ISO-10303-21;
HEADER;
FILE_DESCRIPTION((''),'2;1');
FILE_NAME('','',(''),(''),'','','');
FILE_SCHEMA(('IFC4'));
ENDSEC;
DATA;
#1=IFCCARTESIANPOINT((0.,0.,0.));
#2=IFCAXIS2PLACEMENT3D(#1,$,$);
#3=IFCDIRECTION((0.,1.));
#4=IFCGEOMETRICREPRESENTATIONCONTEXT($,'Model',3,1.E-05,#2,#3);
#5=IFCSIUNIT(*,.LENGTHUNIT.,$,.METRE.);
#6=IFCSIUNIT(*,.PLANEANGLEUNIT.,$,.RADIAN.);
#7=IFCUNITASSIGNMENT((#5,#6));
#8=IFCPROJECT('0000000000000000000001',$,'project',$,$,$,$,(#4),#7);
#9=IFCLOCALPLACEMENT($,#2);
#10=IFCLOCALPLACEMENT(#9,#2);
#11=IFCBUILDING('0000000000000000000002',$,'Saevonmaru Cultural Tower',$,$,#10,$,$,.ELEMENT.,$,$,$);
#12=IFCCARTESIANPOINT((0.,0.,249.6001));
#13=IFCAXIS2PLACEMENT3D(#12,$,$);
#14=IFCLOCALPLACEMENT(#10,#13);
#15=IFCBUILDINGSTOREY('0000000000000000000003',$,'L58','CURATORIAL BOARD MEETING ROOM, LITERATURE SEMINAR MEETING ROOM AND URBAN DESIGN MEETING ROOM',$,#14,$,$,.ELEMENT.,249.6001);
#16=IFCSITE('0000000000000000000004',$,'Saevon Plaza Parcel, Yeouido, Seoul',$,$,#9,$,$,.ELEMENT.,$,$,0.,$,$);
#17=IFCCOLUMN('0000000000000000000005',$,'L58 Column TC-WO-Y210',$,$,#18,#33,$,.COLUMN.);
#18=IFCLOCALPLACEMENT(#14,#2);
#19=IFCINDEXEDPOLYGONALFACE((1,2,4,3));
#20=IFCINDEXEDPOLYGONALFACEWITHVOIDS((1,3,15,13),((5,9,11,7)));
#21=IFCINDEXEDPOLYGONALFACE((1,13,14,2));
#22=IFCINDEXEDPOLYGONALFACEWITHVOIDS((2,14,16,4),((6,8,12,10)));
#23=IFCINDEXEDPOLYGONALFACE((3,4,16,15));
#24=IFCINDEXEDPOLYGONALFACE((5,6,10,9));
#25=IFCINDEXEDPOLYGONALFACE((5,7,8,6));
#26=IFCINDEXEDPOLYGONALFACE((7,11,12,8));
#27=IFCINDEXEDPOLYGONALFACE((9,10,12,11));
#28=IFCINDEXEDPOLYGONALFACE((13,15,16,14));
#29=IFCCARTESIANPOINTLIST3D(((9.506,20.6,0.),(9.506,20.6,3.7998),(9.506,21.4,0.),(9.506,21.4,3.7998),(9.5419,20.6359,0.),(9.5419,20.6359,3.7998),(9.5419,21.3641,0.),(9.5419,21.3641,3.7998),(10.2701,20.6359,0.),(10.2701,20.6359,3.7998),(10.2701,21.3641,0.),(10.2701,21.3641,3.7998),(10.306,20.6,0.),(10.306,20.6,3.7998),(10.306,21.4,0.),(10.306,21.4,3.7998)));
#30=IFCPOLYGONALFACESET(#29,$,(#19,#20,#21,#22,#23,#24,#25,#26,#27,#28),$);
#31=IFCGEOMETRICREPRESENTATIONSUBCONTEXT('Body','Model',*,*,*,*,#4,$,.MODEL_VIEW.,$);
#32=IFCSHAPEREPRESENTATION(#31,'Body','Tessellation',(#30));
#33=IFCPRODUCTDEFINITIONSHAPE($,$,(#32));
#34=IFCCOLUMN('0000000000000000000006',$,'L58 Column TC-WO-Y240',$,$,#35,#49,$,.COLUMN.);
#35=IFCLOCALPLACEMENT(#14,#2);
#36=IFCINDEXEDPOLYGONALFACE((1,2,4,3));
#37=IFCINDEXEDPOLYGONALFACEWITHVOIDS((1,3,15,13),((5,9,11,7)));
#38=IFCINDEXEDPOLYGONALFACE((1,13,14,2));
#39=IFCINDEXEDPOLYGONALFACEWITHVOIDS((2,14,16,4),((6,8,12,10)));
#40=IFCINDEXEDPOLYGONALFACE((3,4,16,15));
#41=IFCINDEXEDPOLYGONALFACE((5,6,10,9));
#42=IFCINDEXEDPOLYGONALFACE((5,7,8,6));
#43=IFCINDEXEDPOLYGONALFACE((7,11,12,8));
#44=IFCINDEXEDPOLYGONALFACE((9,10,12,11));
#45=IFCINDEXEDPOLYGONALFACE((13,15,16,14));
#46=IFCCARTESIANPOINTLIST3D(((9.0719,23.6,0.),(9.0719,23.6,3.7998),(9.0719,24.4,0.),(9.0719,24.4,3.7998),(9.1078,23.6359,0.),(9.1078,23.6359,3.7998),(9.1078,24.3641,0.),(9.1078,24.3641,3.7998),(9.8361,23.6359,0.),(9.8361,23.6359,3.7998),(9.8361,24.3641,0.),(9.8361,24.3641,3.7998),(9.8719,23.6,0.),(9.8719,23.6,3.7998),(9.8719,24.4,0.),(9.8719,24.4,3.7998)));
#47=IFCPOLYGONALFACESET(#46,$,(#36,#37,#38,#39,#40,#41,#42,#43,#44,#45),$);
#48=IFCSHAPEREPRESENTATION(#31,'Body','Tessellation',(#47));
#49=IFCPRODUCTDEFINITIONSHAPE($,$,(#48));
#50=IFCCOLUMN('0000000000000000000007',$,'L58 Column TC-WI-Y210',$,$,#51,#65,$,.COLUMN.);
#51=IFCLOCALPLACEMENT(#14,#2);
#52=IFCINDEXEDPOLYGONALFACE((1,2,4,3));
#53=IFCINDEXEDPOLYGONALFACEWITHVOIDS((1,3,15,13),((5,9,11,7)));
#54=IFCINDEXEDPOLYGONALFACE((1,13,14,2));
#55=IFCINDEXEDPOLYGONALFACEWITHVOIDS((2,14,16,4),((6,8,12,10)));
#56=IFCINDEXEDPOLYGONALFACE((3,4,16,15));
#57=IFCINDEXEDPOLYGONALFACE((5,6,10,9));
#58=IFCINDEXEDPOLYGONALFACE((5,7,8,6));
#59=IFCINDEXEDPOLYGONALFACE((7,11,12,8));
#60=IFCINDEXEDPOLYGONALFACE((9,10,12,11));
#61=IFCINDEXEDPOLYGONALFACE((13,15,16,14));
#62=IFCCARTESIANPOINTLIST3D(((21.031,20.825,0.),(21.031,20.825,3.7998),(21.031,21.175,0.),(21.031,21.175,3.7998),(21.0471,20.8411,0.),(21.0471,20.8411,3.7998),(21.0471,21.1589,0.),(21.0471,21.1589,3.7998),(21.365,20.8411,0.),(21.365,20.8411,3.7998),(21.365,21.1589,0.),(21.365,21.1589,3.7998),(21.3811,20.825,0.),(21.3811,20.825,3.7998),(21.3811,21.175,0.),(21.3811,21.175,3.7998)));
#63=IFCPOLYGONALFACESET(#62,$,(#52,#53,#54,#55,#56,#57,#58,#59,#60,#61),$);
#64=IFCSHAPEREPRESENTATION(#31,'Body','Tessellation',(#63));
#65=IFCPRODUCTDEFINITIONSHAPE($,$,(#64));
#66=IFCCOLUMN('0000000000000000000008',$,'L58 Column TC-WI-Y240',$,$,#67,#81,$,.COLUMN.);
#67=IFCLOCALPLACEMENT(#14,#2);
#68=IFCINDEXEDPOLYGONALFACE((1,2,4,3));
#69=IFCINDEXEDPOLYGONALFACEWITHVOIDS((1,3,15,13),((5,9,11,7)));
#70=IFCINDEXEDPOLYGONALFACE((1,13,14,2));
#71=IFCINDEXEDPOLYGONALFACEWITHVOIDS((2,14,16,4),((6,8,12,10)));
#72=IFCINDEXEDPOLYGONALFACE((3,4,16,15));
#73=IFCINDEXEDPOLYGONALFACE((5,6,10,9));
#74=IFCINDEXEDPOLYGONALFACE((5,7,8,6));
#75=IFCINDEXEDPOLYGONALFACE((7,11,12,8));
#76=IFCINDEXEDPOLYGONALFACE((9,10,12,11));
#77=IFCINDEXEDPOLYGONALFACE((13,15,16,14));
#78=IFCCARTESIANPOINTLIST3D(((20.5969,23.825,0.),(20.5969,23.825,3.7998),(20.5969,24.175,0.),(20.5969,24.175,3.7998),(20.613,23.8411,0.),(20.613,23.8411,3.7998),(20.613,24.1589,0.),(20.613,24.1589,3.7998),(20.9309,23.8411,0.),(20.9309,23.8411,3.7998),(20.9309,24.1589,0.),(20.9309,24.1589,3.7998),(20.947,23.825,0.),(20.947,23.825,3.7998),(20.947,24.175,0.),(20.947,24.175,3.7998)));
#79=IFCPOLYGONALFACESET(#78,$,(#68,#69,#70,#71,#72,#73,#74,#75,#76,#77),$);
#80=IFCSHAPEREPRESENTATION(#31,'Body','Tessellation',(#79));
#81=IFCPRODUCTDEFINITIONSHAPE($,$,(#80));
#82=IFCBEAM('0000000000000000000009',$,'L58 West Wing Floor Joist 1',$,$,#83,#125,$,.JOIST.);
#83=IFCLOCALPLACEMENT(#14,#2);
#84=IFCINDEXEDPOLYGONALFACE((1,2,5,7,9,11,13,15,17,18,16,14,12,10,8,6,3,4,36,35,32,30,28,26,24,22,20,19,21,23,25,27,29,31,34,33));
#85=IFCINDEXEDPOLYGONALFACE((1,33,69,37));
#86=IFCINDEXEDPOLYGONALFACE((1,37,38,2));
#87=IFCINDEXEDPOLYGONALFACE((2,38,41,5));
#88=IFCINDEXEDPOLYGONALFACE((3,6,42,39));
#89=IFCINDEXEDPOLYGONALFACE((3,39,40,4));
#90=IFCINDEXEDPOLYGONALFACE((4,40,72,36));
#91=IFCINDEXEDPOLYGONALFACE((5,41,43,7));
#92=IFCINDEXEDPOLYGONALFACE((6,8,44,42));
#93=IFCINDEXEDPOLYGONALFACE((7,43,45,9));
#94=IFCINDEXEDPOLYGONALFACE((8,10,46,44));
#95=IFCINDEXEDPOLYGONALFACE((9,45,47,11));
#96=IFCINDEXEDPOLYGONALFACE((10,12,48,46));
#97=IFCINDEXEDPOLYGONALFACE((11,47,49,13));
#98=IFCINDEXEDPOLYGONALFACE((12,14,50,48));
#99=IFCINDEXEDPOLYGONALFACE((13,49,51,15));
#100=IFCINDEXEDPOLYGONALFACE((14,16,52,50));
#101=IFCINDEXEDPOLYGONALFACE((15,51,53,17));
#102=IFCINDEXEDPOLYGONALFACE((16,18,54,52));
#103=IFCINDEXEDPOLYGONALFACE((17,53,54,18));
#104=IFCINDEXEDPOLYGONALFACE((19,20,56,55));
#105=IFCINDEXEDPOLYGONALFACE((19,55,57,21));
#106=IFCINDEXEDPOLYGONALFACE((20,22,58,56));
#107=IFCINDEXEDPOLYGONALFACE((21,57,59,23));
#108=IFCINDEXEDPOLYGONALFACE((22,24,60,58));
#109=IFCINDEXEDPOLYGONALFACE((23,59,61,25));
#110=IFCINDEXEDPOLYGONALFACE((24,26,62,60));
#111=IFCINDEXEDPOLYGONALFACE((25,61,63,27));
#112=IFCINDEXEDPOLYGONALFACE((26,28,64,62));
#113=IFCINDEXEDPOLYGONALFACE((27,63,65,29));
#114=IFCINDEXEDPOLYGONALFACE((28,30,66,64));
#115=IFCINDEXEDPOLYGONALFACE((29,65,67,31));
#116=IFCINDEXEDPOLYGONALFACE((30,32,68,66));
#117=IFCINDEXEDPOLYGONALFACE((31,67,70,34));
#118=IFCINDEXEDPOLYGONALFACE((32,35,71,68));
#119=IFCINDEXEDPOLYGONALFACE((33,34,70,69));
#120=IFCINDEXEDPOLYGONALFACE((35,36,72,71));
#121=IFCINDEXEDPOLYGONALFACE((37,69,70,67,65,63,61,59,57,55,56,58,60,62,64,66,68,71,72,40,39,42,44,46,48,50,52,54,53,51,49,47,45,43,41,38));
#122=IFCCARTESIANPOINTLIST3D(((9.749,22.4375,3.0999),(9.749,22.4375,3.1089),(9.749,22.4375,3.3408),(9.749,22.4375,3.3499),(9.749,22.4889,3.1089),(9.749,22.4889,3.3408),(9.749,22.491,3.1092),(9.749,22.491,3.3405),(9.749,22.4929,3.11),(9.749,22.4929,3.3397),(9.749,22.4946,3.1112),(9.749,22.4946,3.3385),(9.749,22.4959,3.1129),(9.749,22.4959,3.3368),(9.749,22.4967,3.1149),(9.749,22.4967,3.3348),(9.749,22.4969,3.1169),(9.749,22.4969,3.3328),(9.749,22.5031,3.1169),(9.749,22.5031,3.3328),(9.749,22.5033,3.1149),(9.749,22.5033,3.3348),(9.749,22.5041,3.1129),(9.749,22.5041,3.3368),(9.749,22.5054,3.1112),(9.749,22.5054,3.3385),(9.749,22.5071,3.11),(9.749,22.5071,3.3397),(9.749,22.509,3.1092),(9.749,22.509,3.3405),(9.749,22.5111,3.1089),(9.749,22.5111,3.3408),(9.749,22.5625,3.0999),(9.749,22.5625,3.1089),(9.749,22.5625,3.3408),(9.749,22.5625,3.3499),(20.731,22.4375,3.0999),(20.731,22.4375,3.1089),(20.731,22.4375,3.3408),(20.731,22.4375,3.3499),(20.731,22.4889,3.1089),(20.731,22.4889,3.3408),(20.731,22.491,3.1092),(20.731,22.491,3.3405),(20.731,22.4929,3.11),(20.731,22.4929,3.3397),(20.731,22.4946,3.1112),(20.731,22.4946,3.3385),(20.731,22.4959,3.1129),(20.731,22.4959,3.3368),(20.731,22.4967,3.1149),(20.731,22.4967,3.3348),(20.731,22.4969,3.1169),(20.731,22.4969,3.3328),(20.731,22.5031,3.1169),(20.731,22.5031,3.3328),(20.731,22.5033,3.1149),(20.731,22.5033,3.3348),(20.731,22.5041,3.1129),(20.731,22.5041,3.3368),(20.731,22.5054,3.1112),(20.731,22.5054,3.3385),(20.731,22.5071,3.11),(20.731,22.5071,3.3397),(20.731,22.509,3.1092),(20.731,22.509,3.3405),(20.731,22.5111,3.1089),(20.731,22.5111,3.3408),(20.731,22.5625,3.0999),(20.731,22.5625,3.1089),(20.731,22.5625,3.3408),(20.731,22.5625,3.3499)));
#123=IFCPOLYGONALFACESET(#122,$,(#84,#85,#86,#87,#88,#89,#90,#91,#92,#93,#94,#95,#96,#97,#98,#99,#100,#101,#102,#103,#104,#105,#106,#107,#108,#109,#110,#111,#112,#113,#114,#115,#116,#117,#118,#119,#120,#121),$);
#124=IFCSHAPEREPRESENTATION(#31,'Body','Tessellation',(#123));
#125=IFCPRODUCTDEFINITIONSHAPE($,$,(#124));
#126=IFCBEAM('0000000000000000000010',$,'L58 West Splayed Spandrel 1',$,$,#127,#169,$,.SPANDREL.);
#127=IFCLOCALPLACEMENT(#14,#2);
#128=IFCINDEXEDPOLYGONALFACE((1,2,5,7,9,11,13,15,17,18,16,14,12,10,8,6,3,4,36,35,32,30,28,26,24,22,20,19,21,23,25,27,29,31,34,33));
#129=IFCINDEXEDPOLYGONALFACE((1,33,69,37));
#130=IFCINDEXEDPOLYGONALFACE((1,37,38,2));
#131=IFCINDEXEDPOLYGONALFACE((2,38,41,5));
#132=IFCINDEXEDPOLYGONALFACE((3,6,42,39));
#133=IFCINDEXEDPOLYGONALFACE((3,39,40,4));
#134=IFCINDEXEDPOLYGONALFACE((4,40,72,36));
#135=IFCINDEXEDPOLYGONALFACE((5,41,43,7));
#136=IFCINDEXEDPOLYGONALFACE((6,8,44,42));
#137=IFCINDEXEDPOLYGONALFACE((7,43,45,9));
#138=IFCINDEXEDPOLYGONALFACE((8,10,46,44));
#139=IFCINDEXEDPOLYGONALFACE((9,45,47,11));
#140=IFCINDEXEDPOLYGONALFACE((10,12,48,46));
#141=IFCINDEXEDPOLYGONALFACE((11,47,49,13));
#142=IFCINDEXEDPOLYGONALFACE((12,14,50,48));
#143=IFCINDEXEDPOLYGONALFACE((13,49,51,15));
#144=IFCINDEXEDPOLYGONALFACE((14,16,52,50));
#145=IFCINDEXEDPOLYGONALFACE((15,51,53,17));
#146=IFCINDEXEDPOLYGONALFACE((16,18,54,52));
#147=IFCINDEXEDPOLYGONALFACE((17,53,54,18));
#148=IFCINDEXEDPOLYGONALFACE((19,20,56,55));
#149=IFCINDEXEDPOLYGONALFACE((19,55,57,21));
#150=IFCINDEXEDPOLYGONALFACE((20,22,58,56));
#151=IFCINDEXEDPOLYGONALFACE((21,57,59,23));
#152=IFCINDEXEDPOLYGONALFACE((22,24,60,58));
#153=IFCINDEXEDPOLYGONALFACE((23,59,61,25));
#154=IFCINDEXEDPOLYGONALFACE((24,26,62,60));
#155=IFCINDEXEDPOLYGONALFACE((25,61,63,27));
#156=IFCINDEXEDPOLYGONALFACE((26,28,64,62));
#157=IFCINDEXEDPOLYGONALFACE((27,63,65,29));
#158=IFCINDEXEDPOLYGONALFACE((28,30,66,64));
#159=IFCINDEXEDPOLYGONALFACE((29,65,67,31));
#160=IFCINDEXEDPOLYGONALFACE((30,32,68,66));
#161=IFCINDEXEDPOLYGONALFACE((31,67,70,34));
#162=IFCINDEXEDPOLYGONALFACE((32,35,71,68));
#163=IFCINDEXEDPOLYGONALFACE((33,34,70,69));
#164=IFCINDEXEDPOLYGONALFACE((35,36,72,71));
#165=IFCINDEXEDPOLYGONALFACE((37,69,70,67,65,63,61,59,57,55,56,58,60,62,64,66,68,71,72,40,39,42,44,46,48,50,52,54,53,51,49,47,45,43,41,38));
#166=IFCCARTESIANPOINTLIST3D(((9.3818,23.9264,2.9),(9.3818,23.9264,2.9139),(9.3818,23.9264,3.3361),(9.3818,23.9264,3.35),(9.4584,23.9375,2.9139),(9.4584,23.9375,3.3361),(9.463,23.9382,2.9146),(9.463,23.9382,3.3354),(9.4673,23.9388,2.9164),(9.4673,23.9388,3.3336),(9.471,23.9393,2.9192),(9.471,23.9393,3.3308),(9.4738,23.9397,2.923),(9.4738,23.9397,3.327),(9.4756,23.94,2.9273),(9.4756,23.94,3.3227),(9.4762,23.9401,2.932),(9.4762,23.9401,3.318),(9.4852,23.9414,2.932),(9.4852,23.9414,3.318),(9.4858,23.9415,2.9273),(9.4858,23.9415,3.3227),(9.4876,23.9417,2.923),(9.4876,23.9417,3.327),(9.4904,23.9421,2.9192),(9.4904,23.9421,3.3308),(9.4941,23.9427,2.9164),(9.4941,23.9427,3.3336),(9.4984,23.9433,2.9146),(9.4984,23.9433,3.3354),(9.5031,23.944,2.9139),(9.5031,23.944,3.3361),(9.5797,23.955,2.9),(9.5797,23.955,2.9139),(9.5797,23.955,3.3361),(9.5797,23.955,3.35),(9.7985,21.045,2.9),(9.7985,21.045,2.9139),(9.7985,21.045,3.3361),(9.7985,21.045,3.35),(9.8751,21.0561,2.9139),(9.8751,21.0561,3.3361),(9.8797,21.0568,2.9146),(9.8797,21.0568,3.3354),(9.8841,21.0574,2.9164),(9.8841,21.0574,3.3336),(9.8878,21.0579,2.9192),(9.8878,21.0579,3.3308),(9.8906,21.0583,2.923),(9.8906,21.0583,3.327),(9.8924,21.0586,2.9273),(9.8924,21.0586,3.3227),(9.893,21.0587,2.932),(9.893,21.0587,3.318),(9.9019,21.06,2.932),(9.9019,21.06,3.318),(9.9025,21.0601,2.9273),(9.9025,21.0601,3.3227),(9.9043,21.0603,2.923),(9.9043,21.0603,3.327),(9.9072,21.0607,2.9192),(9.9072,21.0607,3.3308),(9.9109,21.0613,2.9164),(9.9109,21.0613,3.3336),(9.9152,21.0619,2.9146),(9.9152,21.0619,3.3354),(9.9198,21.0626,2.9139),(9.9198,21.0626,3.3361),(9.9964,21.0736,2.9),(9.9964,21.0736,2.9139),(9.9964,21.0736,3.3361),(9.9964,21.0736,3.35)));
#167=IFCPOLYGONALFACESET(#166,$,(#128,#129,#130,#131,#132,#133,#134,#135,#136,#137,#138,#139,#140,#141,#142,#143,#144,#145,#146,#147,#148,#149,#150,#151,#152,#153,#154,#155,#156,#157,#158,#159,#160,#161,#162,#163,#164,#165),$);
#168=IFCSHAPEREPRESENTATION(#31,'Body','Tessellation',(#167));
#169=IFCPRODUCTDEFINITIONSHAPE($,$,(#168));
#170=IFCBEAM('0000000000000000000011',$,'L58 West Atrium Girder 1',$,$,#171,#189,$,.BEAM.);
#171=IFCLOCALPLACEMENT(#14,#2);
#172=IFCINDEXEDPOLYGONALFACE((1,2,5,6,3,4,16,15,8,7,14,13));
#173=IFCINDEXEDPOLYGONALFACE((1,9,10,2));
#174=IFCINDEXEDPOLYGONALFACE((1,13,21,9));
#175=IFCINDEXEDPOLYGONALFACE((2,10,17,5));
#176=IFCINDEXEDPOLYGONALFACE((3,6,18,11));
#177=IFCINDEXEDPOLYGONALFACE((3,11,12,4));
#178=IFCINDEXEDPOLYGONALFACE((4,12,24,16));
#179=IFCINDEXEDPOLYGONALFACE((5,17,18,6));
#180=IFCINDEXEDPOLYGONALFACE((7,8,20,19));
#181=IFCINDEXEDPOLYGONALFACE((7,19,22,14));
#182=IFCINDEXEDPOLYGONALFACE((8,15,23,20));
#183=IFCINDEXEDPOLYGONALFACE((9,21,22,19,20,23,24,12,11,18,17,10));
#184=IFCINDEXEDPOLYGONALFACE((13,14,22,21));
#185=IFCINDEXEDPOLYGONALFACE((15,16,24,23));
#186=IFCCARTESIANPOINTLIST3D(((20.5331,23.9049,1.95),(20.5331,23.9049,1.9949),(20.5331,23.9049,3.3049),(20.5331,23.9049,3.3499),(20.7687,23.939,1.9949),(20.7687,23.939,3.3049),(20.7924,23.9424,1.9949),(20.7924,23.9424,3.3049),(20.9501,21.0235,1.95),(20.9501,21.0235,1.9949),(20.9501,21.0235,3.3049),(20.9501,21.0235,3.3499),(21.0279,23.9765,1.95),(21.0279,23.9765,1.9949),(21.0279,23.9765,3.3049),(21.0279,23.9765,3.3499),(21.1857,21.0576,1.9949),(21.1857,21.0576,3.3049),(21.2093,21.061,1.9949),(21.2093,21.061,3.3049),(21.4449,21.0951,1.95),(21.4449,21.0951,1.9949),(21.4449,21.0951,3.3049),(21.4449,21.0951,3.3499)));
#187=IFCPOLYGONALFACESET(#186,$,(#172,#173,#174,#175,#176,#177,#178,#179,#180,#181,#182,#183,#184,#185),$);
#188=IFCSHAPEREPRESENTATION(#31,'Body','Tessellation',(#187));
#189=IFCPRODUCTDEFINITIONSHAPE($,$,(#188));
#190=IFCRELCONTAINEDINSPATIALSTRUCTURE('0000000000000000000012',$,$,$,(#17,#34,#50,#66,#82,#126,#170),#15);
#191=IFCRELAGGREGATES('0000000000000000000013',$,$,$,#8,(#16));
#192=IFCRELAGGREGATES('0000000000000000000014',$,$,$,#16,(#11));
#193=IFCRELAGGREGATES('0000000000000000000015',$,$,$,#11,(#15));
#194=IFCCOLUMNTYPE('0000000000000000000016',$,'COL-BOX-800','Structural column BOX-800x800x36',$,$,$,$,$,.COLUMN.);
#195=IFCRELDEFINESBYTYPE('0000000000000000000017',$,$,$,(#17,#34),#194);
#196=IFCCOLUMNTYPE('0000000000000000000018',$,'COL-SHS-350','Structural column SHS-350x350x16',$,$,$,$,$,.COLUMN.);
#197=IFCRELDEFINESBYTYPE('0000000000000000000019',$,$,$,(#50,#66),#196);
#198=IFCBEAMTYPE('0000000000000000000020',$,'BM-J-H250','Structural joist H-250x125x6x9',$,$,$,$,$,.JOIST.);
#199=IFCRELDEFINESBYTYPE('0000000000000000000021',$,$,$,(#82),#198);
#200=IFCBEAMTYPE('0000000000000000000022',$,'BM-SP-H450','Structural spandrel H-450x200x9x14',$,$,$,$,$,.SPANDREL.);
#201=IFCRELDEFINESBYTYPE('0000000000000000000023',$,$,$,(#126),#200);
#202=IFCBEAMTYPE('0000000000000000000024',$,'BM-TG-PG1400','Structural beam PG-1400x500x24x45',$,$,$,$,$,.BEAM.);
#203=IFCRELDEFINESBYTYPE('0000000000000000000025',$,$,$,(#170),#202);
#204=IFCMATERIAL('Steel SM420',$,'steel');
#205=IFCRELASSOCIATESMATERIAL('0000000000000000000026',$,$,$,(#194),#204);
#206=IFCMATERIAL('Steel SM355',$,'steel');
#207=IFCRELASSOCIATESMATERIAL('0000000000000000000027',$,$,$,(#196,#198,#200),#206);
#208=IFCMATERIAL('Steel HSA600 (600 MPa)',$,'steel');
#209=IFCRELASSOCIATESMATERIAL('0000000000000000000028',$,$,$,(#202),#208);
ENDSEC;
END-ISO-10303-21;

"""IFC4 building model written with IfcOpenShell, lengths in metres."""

from ifc_helpers import new_model, si_unit, direction, frame, origin, origin_2d, place, context, subcontext, project, spatial, hollow_rectangle, i_section, extrude, material, material_profile, profile_set, type_object, element, save


model = new_model("IFC4")

# Units and contexts
model_context = context("Model", 3, precision=1e-05, world=origin(), true_north=direction((0.0, 1.0)))
body_context = subcontext(model_context, "Body", "Model", "MODEL_VIEW")
ifc_project = project(units=[si_unit("LENGTHUNIT", "METRE"), si_unit("PLANEANGLEUNIT", "RADIAN")], contexts=[model_context])

# Site, building, storey
site_placement = place(None, origin())
site = spatial("IfcSite", under=ifc_project, at=site_placement, Name="Saevon Plaza Parcel, Yeouido, Seoul", CompositionType="ELEMENT", RefElevation=0.0)
building_placement = place(site_placement, origin())
building = spatial("IfcBuilding", under=site, at=building_placement, Name="Saevonmaru Cultural Tower", CompositionType="ELEMENT")
storey_placement = place(building_placement, frame((0.0, 0.0, 249.6001)))
storey = spatial("IfcBuildingStorey", under=building, at=storey_placement, Name="L58", Description="CURATORIAL BOARD MEETING ROOM, LITERATURE SEMINAR MEETING ROOM AND URBAN DESIGN MEETING ROOM", CompositionType="ELEMENT", Elevation=249.6001)

# Columns
ifc_material_1 = material(Name="Steel SM420", Category="steel")
ifc_material_profile_1 = material_profile(ifc_material_1, hollow_rectangle(XDim=0.8, YDim=0.8, WallThickness=0.0359, at=origin_2d()), Name="BOX-800x800x36")
ifc_profile_set_1 = profile_set([ifc_material_profile_1], Name="Steel SM420")
column_type_1 = type_object("IfcColumnType", Name="COL-BOX-800", Description="Structural column BOX-800x800x36", PredefinedType="COLUMN", material=ifc_profile_set_1)
for number, where, z_axis, x_axis, name in (
    (1, (9.906, 21.0, 0.0), (0.0, 0.0, 1.0), (1.0, 0.0, 0.0), "L58 Column TC-WO-Y210"),
    (2, (9.4719, 24.0, 0.0), (0.0, 0.0, 1.0), (1.0, 0.0, 0.0), "L58 Column TC-WO-Y240"),
):
    element("IfcColumn", number, at=place(storey_placement, frame(where, z_axis=z_axis, x_axis=x_axis)), inside=storey, type_object=column_type_1, Name=name, PredefinedType="COLUMN", context=body_context, shape_type="SweptSolid", body=[
        extrude(hollow_rectangle(XDim=0.8, YDim=0.8, WallThickness=0.0359, at=origin_2d()), origin(), (0.0, 0.0, 1.0), 3.7998),
    ])
ifc_material_2 = material(Name="Steel SM355", Category="steel")
ifc_material_profile_2 = material_profile(ifc_material_2, hollow_rectangle(XDim=0.3501, YDim=0.3501, WallThickness=0.0161, at=origin_2d()), Name="SHS-350x350x16")
ifc_profile_set_2 = profile_set([ifc_material_profile_2], Name="Steel SM355")
column_type_2 = type_object("IfcColumnType", Name="COL-SHS-350", Description="Structural column SHS-350x350x16", PredefinedType="COLUMN", material=ifc_profile_set_2)
for number, where, z_axis, x_axis, name in (
    (3, (21.2061, 21.0, 0.0), (0.0, 0.0, 1.0), (1.0, 0.0, 0.0), "L58 Column TC-WI-Y210"),
    (4, (20.772, 24.0, 0.0), (0.0, 0.0, 1.0), (1.0, 0.0, 0.0), "L58 Column TC-WI-Y240"),
):
    element("IfcColumn", number, at=place(storey_placement, frame(where, z_axis=z_axis, x_axis=x_axis)), inside=storey, type_object=column_type_2, Name=name, PredefinedType="COLUMN", context=body_context, shape_type="SweptSolid", body=[
        extrude(hollow_rectangle(XDim=0.3501, YDim=0.3501, WallThickness=0.0161, at=origin_2d()), origin(), (0.0, 0.0, 1.0), 3.7998),
    ])

# Beams
ifc_material_profile_3 = material_profile(ifc_material_2, i_section(OverallWidth=0.125, OverallDepth=0.25, WebThickness=0.0061, FlangeThickness=0.009, FilletRadius=0.0081, at=origin_2d()), Name="H-250x125x6x9")
ifc_profile_set_3 = profile_set([ifc_material_profile_3], Name="Steel SM355")
beam_type_1 = type_object("IfcBeamType", Name="BM-J-H250", Description="Structural joist H-250x125x6x9", PredefinedType="JOIST", material=ifc_profile_set_3)
beam_1_placement = place(storey_placement, frame((9.749, 22.5, 3.2249), z_axis=(1.0, 0.0, 0.0), x_axis=(0.0, 1.0, 0.0)))
element("IfcBeam", 5, at=beam_1_placement, inside=storey, type_object=beam_type_1, Name="L58 West Wing Floor Joist 1", PredefinedType="JOIST", context=body_context, shape_type="SweptSolid", body=[
    extrude(i_section(OverallWidth=0.125, OverallDepth=0.25, WebThickness=0.0061, FlangeThickness=0.009, FilletRadius=0.0081, at=origin_2d()), origin(), (0.0, 0.0, 1.0), 10.9819),
])
ifc_material_profile_4 = material_profile(ifc_material_2, i_section(OverallWidth=0.2, OverallDepth=0.45, WebThickness=0.009, FlangeThickness=0.0139, FilletRadius=0.0181, at=origin_2d()), Name="H-450x200x9x14")
ifc_profile_set_4 = profile_set([ifc_material_profile_4], Name="Steel SM355")
beam_type_2 = type_object("IfcBeamType", Name="BM-SP-H450", Description="Structural spandrel H-450x200x9x14", PredefinedType="SPANDREL", material=ifc_profile_set_4)
beam_2_placement = place(storey_placement, frame((9.8975, 21.0593, 3.125), z_axis=(-0.143147, 0.989701, 0.0), x_axis=(-0.989701, -0.143147, 0.0)))
element("IfcBeam", 6, at=beam_2_placement, inside=storey, type_object=beam_type_2, Name="L58 West Splayed Spandrel 1", PredefinedType="SPANDREL", context=body_context, shape_type="SweptSolid", body=[
    extrude(i_section(OverallWidth=0.2, OverallDepth=0.45, WebThickness=0.009, FlangeThickness=0.0139, FilletRadius=0.0181, at=origin_2d()), origin(), (0.0, 0.0, 1.0), 2.9114),
])
ifc_material_3 = material(Name="Steel HSA600 (600 MPa)", Category="steel")
ifc_material_profile_5 = material_profile(ifc_material_3, i_section(OverallWidth=0.5, OverallDepth=1.3999, WebThickness=0.0239, FlangeThickness=0.0449, at=origin_2d()), Name="PG-1400x500x24x45")
ifc_profile_set_5 = profile_set([ifc_material_profile_5], Name="Steel HSA600 (600 MPa)")
beam_type_3 = type_object("IfcBeamType", Name="BM-TG-PG1400", Description="Structural beam PG-1400x500x24x45", PredefinedType="BEAM", material=ifc_profile_set_5)
beam_3_placement = place(storey_placement, frame((21.1975, 21.0593, 2.6499), z_axis=(-0.143229, 0.98969, 0.0), x_axis=(-0.98969, -0.143229, 0.0)))
element("IfcBeam", 7, at=beam_3_placement, inside=storey, type_object=beam_type_3, Name="L58 West Atrium Girder 1", PredefinedType="BEAM", context=body_context, shape_type="SweptSolid", body=[
    extrude(i_section(OverallWidth=0.5, OverallDepth=1.3999, WebThickness=0.0239, FlangeThickness=0.0449, at=origin_2d()), origin(), (0.0, 0.0, 1.0), 2.9114),
])

save(model, "model.ifc")
